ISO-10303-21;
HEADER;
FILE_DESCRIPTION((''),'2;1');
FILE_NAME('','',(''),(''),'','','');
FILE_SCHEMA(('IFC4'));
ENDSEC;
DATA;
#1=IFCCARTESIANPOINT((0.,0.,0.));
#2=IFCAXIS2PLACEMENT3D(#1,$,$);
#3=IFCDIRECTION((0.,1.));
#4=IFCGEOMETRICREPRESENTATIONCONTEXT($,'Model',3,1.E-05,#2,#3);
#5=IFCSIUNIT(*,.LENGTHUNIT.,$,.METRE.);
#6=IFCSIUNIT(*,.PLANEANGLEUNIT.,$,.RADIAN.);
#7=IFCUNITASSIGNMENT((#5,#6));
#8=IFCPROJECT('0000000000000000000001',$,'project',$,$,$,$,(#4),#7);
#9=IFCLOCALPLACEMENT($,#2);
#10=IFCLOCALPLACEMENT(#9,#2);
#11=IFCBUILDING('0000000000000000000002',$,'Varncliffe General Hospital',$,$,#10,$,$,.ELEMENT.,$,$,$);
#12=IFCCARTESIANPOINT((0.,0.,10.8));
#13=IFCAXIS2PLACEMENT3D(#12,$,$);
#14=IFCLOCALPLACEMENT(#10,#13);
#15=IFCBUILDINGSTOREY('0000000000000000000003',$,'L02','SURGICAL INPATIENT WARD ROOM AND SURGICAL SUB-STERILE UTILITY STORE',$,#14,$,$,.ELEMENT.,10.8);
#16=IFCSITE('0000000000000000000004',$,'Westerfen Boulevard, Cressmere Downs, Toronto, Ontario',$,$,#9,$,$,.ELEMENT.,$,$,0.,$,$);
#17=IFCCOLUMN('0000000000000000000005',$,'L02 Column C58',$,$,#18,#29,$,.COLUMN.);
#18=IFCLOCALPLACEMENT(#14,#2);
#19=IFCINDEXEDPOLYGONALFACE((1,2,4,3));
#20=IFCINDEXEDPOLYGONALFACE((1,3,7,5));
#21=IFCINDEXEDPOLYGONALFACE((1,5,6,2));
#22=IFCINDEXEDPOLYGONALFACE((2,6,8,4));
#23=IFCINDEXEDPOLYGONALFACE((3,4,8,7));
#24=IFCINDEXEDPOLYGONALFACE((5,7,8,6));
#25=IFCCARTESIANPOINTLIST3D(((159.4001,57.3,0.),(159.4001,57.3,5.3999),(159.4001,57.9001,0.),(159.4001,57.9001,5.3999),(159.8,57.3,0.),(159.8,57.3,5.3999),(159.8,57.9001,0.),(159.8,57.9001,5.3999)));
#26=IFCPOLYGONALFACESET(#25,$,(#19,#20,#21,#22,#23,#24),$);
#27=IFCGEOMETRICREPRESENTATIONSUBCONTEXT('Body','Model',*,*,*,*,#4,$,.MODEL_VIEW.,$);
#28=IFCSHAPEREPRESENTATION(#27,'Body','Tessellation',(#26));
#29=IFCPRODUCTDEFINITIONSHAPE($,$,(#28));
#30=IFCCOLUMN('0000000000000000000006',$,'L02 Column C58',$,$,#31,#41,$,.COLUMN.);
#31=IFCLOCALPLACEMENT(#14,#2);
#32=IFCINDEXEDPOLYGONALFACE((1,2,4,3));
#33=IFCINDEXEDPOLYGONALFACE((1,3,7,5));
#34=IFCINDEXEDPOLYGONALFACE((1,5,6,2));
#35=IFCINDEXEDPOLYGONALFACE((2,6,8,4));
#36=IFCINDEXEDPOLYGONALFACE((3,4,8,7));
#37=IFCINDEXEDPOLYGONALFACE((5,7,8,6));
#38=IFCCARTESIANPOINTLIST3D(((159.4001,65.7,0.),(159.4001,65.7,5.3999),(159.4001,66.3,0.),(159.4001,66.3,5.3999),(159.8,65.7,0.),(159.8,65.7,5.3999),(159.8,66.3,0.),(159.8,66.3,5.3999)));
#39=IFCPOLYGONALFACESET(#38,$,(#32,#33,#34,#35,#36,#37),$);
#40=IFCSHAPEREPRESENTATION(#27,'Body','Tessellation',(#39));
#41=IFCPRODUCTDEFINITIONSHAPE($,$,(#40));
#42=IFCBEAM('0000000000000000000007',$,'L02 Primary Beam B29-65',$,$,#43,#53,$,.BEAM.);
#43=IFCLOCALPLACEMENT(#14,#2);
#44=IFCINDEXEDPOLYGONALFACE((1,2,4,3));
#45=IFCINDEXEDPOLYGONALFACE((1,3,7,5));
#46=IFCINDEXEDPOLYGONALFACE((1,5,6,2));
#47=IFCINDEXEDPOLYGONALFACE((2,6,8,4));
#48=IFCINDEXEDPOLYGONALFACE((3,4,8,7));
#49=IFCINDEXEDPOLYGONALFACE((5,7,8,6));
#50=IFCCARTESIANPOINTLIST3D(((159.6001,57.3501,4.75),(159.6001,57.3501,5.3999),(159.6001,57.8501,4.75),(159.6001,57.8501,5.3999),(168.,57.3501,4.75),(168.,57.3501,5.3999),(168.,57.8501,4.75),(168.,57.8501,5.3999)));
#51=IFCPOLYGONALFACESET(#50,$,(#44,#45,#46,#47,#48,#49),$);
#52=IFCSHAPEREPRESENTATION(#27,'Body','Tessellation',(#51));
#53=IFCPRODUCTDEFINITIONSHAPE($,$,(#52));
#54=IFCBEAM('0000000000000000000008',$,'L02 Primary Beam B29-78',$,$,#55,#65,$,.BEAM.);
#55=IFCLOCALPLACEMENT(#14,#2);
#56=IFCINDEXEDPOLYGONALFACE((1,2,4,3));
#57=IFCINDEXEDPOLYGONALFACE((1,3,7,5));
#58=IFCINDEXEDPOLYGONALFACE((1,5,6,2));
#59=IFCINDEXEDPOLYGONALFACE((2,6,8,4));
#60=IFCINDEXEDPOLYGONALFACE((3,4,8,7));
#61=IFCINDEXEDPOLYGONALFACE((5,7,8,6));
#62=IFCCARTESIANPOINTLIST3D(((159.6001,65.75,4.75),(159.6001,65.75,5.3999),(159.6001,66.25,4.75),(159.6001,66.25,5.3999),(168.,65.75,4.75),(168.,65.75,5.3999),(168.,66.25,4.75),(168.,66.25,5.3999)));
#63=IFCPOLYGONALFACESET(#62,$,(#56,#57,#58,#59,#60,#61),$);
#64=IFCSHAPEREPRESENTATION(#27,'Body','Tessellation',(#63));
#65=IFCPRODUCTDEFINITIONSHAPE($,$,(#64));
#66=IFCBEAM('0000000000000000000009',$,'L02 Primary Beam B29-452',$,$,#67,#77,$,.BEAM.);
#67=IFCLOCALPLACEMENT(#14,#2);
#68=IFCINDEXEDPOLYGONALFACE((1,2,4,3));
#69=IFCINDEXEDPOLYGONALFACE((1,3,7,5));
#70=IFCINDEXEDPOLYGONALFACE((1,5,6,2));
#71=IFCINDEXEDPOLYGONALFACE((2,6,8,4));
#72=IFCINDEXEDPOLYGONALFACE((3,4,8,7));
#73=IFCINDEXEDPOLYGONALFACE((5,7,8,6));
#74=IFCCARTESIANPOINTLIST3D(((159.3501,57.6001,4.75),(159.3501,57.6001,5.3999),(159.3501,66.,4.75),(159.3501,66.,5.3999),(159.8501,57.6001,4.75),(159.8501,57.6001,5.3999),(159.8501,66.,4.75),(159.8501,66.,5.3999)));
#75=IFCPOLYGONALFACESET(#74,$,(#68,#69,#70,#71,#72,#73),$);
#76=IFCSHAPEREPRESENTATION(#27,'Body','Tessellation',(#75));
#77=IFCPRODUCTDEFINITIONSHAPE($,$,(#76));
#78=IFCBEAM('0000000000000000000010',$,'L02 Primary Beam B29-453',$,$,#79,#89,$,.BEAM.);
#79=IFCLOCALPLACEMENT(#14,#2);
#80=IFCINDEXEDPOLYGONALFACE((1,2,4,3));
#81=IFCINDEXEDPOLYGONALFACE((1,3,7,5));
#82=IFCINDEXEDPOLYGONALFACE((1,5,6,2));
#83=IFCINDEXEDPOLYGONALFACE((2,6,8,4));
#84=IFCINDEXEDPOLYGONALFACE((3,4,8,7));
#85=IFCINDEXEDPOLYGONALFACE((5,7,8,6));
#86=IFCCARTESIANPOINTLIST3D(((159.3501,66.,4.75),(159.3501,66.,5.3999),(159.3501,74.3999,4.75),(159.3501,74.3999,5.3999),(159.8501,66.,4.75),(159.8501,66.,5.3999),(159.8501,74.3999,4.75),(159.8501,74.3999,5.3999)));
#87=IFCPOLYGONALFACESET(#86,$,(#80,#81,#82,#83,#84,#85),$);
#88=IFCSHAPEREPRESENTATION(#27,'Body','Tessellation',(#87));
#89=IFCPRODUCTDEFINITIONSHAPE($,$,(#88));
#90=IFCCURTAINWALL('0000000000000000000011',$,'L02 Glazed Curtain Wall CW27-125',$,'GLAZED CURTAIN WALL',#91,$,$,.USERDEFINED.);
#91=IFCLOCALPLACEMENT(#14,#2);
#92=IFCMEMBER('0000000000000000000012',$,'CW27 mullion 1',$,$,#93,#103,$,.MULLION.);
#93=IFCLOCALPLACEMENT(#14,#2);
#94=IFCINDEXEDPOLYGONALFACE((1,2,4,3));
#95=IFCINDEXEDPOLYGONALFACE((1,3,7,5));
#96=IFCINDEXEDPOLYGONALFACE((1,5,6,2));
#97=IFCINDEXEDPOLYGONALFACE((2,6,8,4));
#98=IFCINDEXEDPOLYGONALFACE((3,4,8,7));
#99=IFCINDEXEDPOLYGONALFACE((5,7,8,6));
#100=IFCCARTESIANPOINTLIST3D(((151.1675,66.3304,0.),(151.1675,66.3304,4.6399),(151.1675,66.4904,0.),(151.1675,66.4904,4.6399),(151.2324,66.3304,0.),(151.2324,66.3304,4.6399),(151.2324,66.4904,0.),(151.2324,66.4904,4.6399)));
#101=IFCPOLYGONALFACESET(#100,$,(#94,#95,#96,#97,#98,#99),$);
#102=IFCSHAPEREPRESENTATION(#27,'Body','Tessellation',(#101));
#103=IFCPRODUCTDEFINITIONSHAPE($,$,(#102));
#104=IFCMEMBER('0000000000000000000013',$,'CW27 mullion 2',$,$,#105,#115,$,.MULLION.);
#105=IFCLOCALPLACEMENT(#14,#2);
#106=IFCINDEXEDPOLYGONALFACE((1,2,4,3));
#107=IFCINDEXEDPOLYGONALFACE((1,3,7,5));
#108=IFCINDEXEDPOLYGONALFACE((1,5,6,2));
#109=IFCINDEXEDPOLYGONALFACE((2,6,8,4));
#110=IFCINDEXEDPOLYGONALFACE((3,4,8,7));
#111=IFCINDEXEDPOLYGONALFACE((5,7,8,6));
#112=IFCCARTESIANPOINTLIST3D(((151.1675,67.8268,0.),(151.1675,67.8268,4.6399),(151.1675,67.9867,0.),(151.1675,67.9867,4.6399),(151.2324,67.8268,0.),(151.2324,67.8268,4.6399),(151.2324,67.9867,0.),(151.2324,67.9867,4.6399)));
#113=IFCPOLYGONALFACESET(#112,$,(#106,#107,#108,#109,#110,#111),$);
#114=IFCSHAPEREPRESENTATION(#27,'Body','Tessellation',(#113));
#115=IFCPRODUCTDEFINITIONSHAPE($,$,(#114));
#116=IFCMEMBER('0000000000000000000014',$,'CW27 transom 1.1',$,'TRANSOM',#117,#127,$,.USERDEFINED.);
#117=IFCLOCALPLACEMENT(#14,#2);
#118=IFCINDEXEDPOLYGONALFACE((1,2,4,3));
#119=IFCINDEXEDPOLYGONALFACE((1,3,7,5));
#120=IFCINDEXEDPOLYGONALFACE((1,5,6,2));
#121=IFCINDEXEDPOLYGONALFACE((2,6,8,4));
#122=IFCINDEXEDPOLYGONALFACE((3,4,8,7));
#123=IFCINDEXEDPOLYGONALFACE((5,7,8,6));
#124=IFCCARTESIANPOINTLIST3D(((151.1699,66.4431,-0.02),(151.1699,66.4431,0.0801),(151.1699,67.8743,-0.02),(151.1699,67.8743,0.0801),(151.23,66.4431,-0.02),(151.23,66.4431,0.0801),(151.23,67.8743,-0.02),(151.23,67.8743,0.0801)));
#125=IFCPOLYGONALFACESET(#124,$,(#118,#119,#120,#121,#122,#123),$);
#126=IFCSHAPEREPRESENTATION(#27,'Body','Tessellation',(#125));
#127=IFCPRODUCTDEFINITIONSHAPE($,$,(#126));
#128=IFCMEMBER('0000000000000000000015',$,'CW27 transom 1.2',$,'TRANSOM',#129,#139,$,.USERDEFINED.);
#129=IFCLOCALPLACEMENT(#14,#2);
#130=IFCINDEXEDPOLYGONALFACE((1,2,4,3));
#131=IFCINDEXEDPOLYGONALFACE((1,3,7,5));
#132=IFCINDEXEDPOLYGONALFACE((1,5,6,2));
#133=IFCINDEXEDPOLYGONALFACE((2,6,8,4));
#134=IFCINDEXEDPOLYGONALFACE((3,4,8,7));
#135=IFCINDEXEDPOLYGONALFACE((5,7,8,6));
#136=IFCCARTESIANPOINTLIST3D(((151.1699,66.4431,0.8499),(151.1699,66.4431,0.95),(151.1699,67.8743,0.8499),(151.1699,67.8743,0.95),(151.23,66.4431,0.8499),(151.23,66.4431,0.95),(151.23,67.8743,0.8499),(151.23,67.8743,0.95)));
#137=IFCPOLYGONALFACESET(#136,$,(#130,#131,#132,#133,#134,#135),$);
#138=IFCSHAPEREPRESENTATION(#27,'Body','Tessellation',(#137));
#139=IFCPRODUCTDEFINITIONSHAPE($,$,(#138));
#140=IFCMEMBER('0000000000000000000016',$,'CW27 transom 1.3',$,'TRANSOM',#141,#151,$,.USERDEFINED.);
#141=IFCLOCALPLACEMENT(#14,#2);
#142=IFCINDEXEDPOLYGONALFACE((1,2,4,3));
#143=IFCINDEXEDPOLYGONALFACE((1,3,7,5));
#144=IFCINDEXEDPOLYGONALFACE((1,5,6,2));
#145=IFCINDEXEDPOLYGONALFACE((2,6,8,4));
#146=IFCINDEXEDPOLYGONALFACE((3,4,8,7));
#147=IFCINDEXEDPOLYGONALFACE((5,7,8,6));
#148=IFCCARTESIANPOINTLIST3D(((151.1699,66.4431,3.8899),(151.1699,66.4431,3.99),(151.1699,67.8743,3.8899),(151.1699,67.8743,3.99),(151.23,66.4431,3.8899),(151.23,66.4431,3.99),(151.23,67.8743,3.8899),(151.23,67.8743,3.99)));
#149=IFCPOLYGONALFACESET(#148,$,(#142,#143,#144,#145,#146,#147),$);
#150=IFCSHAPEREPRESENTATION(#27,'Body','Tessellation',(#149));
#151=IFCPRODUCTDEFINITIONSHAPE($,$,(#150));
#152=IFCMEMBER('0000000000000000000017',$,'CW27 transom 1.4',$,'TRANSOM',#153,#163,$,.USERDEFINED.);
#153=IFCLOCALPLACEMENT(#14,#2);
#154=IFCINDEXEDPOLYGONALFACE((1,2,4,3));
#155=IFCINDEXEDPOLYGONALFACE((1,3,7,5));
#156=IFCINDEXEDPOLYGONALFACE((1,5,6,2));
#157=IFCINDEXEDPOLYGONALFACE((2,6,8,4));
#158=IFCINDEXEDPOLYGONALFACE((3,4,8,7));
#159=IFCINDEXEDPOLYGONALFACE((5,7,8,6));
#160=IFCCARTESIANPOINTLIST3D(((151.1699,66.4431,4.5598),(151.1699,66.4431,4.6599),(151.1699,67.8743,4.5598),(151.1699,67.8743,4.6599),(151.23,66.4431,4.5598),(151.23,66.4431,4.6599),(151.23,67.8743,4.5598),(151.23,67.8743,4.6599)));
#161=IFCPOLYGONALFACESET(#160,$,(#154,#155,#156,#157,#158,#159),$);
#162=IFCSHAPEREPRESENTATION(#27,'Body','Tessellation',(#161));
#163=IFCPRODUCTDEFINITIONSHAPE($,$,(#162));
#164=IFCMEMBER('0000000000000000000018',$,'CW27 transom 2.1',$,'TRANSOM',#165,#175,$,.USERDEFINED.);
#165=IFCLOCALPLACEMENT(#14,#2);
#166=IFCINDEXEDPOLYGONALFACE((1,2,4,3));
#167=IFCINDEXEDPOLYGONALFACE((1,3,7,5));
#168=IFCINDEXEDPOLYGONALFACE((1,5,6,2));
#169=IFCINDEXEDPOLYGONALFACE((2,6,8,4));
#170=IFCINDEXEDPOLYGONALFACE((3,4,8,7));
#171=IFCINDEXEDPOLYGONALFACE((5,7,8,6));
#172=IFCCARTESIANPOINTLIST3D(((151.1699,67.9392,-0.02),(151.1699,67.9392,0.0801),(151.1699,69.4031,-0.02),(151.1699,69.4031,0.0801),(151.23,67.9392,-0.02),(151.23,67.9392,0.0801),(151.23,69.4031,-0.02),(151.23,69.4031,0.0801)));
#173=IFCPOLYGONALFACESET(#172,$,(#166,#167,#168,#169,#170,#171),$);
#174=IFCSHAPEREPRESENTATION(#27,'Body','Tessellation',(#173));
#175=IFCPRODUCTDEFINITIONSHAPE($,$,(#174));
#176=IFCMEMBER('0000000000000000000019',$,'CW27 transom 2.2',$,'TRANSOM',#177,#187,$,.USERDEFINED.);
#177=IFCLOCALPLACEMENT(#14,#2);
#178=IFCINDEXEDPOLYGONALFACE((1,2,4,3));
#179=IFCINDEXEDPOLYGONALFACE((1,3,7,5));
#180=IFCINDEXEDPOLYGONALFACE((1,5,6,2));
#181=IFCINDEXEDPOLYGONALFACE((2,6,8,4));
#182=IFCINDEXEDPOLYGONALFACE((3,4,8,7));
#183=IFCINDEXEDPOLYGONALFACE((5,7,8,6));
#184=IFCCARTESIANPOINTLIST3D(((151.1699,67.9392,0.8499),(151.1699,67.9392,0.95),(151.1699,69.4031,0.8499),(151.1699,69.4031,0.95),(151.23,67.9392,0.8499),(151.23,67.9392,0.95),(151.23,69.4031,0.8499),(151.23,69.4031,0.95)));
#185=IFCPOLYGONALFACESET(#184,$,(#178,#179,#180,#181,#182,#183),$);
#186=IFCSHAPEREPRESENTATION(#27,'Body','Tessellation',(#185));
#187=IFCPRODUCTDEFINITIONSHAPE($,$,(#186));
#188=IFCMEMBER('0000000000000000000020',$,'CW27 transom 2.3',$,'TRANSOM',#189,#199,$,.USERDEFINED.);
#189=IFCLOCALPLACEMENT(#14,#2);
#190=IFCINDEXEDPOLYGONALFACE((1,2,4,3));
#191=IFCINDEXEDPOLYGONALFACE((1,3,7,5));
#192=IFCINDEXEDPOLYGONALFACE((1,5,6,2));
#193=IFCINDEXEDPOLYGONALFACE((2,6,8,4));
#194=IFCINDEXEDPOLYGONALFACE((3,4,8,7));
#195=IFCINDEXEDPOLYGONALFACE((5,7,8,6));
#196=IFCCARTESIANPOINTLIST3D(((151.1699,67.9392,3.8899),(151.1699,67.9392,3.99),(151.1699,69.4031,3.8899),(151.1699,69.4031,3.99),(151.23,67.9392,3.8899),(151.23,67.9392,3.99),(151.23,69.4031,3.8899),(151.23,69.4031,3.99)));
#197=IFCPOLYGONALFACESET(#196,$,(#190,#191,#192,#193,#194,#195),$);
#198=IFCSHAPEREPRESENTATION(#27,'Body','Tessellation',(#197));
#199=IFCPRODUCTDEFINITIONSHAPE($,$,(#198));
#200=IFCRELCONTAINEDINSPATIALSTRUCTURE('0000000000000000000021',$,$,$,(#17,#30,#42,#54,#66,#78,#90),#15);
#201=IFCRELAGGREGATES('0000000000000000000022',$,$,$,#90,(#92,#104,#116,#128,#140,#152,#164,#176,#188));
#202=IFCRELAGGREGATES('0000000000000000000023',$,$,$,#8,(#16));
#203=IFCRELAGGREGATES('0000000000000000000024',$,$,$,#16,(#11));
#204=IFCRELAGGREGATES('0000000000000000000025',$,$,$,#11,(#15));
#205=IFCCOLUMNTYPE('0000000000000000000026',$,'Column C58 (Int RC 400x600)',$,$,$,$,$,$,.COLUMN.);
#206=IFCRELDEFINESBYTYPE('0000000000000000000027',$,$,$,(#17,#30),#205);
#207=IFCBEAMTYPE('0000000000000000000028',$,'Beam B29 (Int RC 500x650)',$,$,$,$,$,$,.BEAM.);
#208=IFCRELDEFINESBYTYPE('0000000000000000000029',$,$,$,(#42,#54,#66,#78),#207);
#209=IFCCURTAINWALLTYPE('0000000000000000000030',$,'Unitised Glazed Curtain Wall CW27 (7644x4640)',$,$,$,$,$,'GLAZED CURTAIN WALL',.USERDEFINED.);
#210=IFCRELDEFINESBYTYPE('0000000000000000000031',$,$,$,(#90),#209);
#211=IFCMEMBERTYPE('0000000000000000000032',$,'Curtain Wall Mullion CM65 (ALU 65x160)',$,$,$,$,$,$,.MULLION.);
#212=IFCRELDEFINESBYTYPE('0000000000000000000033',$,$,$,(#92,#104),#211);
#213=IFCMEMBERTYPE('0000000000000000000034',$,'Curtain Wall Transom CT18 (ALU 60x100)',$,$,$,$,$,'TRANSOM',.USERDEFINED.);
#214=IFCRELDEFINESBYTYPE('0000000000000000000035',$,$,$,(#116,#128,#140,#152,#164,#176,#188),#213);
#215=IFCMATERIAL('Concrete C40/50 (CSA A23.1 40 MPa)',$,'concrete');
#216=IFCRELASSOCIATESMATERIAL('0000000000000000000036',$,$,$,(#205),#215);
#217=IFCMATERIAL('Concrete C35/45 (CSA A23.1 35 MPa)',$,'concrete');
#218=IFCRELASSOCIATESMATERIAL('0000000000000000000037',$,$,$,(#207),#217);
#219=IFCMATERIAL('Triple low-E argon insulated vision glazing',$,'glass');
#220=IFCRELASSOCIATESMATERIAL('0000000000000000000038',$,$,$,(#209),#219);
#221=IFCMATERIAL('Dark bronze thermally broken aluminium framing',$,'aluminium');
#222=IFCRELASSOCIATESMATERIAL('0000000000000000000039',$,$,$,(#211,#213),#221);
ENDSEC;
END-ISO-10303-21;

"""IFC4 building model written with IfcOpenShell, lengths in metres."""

from ifc_helpers import new_model, si_unit, direction, frame, origin, origin_2d, place, context, subcontext, project, spatial, rectangle, extrude, material, material_profile, profile_set, type_object, element, aggregate, save


model = new_model("IFC4")

# Units and contexts
model_context = context("Model", 3, precision=1e-05, world=origin(), true_north=direction((0.0, 1.0)))
body_context = subcontext(model_context, "Body", "Model", "MODEL_VIEW")
ifc_project = project(units=[si_unit("LENGTHUNIT", "METRE"), si_unit("PLANEANGLEUNIT", "RADIAN")], contexts=[model_context])

# Site, building, storey
site_placement = place(None, origin())
site = spatial("IfcSite", under=ifc_project, at=site_placement, Name="Westerfen Boulevard, Cressmere Downs, Toronto, Ontario", CompositionType="ELEMENT", RefElevation=0.0)
building_placement = place(site_placement, origin())
building = spatial("IfcBuilding", under=site, at=building_placement, Name="Varncliffe General Hospital", CompositionType="ELEMENT")
storey_placement = place(building_placement, frame((0.0, 0.0, 10.8)))
storey = spatial("IfcBuildingStorey", under=building, at=storey_placement, Name="L02", Description="SURGICAL INPATIENT WARD ROOM AND SURGICAL SUB-STERILE UTILITY STORE", CompositionType="ELEMENT", Elevation=10.8)

# Columns
ifc_material_1 = material(Name="Concrete C40/50 (CSA A23.1 40 MPa)", Category="concrete")
ifc_material_profile_1 = material_profile(ifc_material_1, rectangle(XDim=0.3999, YDim=0.6001, at=origin_2d()), Name="RC 400x600")
ifc_profile_set_1 = profile_set([ifc_material_profile_1], Name="Concrete C40/50 (CSA A23.1 40 MPa)")
column_type = type_object("IfcColumnType", Name="Column C58 (Int RC 400x600)", PredefinedType="COLUMN", material=ifc_profile_set_1)
for number, where, z_axis, x_axis, name in (
    (1, (159.6001, 57.6001, 0.0), (0.0, 0.0, 1.0), (1.0, 0.0, 0.0), "L02 Column C58"),
    (2, (159.6001, 66.0, 0.0), (0.0, 0.0, 1.0), (1.0, 0.0, 0.0), "L02 Column C58"),
):
    element("IfcColumn", number, at=place(storey_placement, frame(where, z_axis=z_axis, x_axis=x_axis)), inside=storey, type_object=column_type, Name=name, PredefinedType="COLUMN", context=body_context, shape_type="SweptSolid", body=[
        extrude(rectangle(XDim=0.3999, YDim=0.6001, at=origin_2d()), origin(), (0.0, 0.0, 1.0), 5.3999),
    ])

# Beams
ifc_material_2 = material(Name="Concrete C35/45 (CSA A23.1 35 MPa)", Category="concrete")
ifc_material_profile_2 = material_profile(ifc_material_2, rectangle(XDim=0.5, YDim=0.6499, at=origin_2d()), Name="RC 500x650")
ifc_profile_set_2 = profile_set([ifc_material_profile_2], Name="Concrete C35/45 (CSA A23.1 35 MPa)")
beam_type = type_object("IfcBeamType", Name="Beam B29 (Int RC 500x650)", PredefinedType="BEAM", material=ifc_profile_set_2)
for number, where, z_axis, x_axis, name in (
    (3, (159.6001, 57.6001, 5.075), (1.0, 0.0, 0.0), (0.0, 1.0, 0.0), "L02 Primary Beam B29-65"),
    (4, (159.6001, 66.0, 5.075), (1.0, 0.0, 0.0), (0.0, 1.0, 0.0), "L02 Primary Beam B29-78"),
    (5, (159.6001, 57.6001, 5.075), (0.0, 1.0, 0.0), (-1.0, 0.0, 0.0), "L02 Primary Beam B29-452"),
    (6, (159.6001, 66.0, 5.075), (0.0, 1.0, 0.0), (-1.0, 0.0, 0.0), "L02 Primary Beam B29-453"),
):
    element("IfcBeam", number, at=place(storey_placement, frame(where, z_axis=z_axis, x_axis=x_axis)), inside=storey, type_object=beam_type, Name=name, PredefinedType="BEAM", context=body_context, shape_type="SweptSolid", body=[
        extrude(rectangle(XDim=0.5, YDim=0.6499, at=origin_2d()), origin(), (0.0, 0.0, 1.0), 8.3999),
    ])

# Curtain wall, members
ifc_material_3 = material(Name="Triple low-E argon insulated vision glazing", Category="glass")
curtain_wall_type = type_object("IfcCurtainWallType", Name="Unitised Glazed Curtain Wall CW27 (7644x4640)", ElementType="GLAZED CURTAIN WALL", PredefinedType="USERDEFINED", material=ifc_material_3)
curtain_wall_placement = place(storey_placement, origin())
curtain_wall = element("IfcCurtainWall", 7, at=curtain_wall_placement, inside=storey, type_object=curtain_wall_type, Name="L02 Glazed Curtain Wall CW27-125", ObjectType="GLAZED CURTAIN WALL", PredefinedType="USERDEFINED")
ifc_material_4 = material(Name="Dark bronze thermally broken aluminium framing", Category="aluminium")
ifc_material_profile_3 = material_profile(ifc_material_4, rectangle(XDim=0.0649, YDim=0.1599, at=origin_2d()), Name="ALU 65x160")
ifc_profile_set_3 = profile_set([ifc_material_profile_3], Name="Dark bronze thermally broken aluminium framing")
member_type_1 = type_object("IfcMemberType", Name="Curtain Wall Mullion CM65 (ALU 65x160)", PredefinedType="MULLION", material=ifc_profile_set_3)
member_1_placement = place(storey_placement, frame((151.2, 66.4104, 0.0), z_axis=(0.0, 0.0, 1.0), x_axis=(-1.0, 0.0, 0.0)))
member_1 = element("IfcMember", 8, at=member_1_placement, type_object=member_type_1, Name="CW27 mullion 1", PredefinedType="MULLION", context=body_context, shape_type="SweptSolid", body=[
    extrude(rectangle(XDim=0.0649, YDim=0.1599, at=origin_2d()), origin(), (0.0, 0.0, 1.0), 4.6399),
])
member_2_placement = place(storey_placement, frame((151.2, 67.9067, 0.0), z_axis=(0.0, 0.0, 1.0), x_axis=(-1.0, 0.0, 0.0)))
member_2 = element("IfcMember", 9, at=member_2_placement, type_object=member_type_1, Name="CW27 mullion 2", PredefinedType="MULLION", context=body_context, shape_type="SweptSolid", body=[
    extrude(rectangle(XDim=0.0649, YDim=0.1599, at=origin_2d()), origin(), (0.0, 0.0, 1.0), 4.6399),
])
ifc_material_profile_4 = material_profile(ifc_material_4, rectangle(XDim=0.0601, YDim=0.1001, at=origin_2d()), Name="ALU 60x100")
ifc_profile_set_4 = profile_set([ifc_material_profile_4], Name="Dark bronze thermally broken aluminium framing")
member_type_2 = type_object("IfcMemberType", Name="Curtain Wall Transom CT18 (ALU 60x100)", ElementType="TRANSOM", PredefinedType="USERDEFINED", material=ifc_profile_set_4)
member_3_placement = place(storey_placement, frame((151.2, 66.4431, 0.03), z_axis=(0.0, 1.0, 0.0), x_axis=(-1.0, 0.0, 0.0)))
member_3 = element("IfcMember", 10, at=member_3_placement, type_object=member_type_2, Name="CW27 transom 1.1", ObjectType="TRANSOM", PredefinedType="USERDEFINED", context=body_context, shape_type="SweptSolid", body=[
    extrude(rectangle(XDim=0.0601, YDim=0.1001, at=origin_2d()), origin(), (0.0, 0.0, 1.0), 1.4312),
])
member_4_placement = place(storey_placement, frame((151.2, 66.4431, 0.8999), z_axis=(0.0, 1.0, 0.0), x_axis=(-1.0, 0.0, 0.0)))
member_4 = element("IfcMember", 11, at=member_4_placement, type_object=member_type_2, Name="CW27 transom 1.2", ObjectType="TRANSOM", PredefinedType="USERDEFINED", context=body_context, shape_type="SweptSolid", body=[
    extrude(rectangle(XDim=0.0601, YDim=0.1001, at=origin_2d()), origin(), (0.0, 0.0, 1.0), 1.4312),
])
member_5_placement = place(storey_placement, frame((151.2, 66.4431, 3.9399), z_axis=(0.0, 1.0, 0.0), x_axis=(-1.0, 0.0, 0.0)))
member_5 = element("IfcMember", 12, at=member_5_placement, type_object=member_type_2, Name="CW27 transom 1.3", ObjectType="TRANSOM", PredefinedType="USERDEFINED", context=body_context, shape_type="SweptSolid", body=[
    extrude(rectangle(XDim=0.0601, YDim=0.1001, at=origin_2d()), origin(), (0.0, 0.0, 1.0), 1.4312),
])
member_6_placement = place(storey_placement, frame((151.2, 66.4431, 4.6099), z_axis=(0.0, 1.0, 0.0), x_axis=(-1.0, 0.0, 0.0)))
member_6 = element("IfcMember", 13, at=member_6_placement, type_object=member_type_2, Name="CW27 transom 1.4", ObjectType="TRANSOM", PredefinedType="USERDEFINED", context=body_context, shape_type="SweptSolid", body=[
    extrude(rectangle(XDim=0.0601, YDim=0.1001, at=origin_2d()), origin(), (0.0, 0.0, 1.0), 1.4312),
])
member_7_placement = place(storey_placement, frame((151.2, 67.9392, 0.03), z_axis=(0.0, 1.0, 0.0), x_axis=(-1.0, 0.0, 0.0)))
member_7 = element("IfcMember", 14, at=member_7_placement, type_object=member_type_2, Name="CW27 transom 2.1", ObjectType="TRANSOM", PredefinedType="USERDEFINED", context=body_context, shape_type="SweptSolid", body=[
    extrude(rectangle(XDim=0.0601, YDim=0.1001, at=origin_2d()), origin(), (0.0, 0.0, 1.0), 1.4639),
])
member_8_placement = place(storey_placement, frame((151.2, 67.9392, 0.8999), z_axis=(0.0, 1.0, 0.0), x_axis=(-1.0, 0.0, 0.0)))
member_8 = element("IfcMember", 15, at=member_8_placement, type_object=member_type_2, Name="CW27 transom 2.2", ObjectType="TRANSOM", PredefinedType="USERDEFINED", context=body_context, shape_type="SweptSolid", body=[
    extrude(rectangle(XDim=0.0601, YDim=0.1001, at=origin_2d()), origin(), (0.0, 0.0, 1.0), 1.4639),
])
member_9_placement = place(storey_placement, frame((151.2, 67.9392, 3.9399), z_axis=(0.0, 1.0, 0.0), x_axis=(-1.0, 0.0, 0.0)))
member_9 = element("IfcMember", 16, at=member_9_placement, type_object=member_type_2, Name="CW27 transom 2.3", ObjectType="TRANSOM", PredefinedType="USERDEFINED", context=body_context, shape_type="SweptSolid", body=[
    extrude(rectangle(XDim=0.0601, YDim=0.1001, at=origin_2d()), origin(), (0.0, 0.0, 1.0), 1.4639),
])
aggregate(curtain_wall, [member_1, member_2, member_3, member_4, member_5, member_6, member_7, member_8, member_9])

save(model, "model.ifc")
